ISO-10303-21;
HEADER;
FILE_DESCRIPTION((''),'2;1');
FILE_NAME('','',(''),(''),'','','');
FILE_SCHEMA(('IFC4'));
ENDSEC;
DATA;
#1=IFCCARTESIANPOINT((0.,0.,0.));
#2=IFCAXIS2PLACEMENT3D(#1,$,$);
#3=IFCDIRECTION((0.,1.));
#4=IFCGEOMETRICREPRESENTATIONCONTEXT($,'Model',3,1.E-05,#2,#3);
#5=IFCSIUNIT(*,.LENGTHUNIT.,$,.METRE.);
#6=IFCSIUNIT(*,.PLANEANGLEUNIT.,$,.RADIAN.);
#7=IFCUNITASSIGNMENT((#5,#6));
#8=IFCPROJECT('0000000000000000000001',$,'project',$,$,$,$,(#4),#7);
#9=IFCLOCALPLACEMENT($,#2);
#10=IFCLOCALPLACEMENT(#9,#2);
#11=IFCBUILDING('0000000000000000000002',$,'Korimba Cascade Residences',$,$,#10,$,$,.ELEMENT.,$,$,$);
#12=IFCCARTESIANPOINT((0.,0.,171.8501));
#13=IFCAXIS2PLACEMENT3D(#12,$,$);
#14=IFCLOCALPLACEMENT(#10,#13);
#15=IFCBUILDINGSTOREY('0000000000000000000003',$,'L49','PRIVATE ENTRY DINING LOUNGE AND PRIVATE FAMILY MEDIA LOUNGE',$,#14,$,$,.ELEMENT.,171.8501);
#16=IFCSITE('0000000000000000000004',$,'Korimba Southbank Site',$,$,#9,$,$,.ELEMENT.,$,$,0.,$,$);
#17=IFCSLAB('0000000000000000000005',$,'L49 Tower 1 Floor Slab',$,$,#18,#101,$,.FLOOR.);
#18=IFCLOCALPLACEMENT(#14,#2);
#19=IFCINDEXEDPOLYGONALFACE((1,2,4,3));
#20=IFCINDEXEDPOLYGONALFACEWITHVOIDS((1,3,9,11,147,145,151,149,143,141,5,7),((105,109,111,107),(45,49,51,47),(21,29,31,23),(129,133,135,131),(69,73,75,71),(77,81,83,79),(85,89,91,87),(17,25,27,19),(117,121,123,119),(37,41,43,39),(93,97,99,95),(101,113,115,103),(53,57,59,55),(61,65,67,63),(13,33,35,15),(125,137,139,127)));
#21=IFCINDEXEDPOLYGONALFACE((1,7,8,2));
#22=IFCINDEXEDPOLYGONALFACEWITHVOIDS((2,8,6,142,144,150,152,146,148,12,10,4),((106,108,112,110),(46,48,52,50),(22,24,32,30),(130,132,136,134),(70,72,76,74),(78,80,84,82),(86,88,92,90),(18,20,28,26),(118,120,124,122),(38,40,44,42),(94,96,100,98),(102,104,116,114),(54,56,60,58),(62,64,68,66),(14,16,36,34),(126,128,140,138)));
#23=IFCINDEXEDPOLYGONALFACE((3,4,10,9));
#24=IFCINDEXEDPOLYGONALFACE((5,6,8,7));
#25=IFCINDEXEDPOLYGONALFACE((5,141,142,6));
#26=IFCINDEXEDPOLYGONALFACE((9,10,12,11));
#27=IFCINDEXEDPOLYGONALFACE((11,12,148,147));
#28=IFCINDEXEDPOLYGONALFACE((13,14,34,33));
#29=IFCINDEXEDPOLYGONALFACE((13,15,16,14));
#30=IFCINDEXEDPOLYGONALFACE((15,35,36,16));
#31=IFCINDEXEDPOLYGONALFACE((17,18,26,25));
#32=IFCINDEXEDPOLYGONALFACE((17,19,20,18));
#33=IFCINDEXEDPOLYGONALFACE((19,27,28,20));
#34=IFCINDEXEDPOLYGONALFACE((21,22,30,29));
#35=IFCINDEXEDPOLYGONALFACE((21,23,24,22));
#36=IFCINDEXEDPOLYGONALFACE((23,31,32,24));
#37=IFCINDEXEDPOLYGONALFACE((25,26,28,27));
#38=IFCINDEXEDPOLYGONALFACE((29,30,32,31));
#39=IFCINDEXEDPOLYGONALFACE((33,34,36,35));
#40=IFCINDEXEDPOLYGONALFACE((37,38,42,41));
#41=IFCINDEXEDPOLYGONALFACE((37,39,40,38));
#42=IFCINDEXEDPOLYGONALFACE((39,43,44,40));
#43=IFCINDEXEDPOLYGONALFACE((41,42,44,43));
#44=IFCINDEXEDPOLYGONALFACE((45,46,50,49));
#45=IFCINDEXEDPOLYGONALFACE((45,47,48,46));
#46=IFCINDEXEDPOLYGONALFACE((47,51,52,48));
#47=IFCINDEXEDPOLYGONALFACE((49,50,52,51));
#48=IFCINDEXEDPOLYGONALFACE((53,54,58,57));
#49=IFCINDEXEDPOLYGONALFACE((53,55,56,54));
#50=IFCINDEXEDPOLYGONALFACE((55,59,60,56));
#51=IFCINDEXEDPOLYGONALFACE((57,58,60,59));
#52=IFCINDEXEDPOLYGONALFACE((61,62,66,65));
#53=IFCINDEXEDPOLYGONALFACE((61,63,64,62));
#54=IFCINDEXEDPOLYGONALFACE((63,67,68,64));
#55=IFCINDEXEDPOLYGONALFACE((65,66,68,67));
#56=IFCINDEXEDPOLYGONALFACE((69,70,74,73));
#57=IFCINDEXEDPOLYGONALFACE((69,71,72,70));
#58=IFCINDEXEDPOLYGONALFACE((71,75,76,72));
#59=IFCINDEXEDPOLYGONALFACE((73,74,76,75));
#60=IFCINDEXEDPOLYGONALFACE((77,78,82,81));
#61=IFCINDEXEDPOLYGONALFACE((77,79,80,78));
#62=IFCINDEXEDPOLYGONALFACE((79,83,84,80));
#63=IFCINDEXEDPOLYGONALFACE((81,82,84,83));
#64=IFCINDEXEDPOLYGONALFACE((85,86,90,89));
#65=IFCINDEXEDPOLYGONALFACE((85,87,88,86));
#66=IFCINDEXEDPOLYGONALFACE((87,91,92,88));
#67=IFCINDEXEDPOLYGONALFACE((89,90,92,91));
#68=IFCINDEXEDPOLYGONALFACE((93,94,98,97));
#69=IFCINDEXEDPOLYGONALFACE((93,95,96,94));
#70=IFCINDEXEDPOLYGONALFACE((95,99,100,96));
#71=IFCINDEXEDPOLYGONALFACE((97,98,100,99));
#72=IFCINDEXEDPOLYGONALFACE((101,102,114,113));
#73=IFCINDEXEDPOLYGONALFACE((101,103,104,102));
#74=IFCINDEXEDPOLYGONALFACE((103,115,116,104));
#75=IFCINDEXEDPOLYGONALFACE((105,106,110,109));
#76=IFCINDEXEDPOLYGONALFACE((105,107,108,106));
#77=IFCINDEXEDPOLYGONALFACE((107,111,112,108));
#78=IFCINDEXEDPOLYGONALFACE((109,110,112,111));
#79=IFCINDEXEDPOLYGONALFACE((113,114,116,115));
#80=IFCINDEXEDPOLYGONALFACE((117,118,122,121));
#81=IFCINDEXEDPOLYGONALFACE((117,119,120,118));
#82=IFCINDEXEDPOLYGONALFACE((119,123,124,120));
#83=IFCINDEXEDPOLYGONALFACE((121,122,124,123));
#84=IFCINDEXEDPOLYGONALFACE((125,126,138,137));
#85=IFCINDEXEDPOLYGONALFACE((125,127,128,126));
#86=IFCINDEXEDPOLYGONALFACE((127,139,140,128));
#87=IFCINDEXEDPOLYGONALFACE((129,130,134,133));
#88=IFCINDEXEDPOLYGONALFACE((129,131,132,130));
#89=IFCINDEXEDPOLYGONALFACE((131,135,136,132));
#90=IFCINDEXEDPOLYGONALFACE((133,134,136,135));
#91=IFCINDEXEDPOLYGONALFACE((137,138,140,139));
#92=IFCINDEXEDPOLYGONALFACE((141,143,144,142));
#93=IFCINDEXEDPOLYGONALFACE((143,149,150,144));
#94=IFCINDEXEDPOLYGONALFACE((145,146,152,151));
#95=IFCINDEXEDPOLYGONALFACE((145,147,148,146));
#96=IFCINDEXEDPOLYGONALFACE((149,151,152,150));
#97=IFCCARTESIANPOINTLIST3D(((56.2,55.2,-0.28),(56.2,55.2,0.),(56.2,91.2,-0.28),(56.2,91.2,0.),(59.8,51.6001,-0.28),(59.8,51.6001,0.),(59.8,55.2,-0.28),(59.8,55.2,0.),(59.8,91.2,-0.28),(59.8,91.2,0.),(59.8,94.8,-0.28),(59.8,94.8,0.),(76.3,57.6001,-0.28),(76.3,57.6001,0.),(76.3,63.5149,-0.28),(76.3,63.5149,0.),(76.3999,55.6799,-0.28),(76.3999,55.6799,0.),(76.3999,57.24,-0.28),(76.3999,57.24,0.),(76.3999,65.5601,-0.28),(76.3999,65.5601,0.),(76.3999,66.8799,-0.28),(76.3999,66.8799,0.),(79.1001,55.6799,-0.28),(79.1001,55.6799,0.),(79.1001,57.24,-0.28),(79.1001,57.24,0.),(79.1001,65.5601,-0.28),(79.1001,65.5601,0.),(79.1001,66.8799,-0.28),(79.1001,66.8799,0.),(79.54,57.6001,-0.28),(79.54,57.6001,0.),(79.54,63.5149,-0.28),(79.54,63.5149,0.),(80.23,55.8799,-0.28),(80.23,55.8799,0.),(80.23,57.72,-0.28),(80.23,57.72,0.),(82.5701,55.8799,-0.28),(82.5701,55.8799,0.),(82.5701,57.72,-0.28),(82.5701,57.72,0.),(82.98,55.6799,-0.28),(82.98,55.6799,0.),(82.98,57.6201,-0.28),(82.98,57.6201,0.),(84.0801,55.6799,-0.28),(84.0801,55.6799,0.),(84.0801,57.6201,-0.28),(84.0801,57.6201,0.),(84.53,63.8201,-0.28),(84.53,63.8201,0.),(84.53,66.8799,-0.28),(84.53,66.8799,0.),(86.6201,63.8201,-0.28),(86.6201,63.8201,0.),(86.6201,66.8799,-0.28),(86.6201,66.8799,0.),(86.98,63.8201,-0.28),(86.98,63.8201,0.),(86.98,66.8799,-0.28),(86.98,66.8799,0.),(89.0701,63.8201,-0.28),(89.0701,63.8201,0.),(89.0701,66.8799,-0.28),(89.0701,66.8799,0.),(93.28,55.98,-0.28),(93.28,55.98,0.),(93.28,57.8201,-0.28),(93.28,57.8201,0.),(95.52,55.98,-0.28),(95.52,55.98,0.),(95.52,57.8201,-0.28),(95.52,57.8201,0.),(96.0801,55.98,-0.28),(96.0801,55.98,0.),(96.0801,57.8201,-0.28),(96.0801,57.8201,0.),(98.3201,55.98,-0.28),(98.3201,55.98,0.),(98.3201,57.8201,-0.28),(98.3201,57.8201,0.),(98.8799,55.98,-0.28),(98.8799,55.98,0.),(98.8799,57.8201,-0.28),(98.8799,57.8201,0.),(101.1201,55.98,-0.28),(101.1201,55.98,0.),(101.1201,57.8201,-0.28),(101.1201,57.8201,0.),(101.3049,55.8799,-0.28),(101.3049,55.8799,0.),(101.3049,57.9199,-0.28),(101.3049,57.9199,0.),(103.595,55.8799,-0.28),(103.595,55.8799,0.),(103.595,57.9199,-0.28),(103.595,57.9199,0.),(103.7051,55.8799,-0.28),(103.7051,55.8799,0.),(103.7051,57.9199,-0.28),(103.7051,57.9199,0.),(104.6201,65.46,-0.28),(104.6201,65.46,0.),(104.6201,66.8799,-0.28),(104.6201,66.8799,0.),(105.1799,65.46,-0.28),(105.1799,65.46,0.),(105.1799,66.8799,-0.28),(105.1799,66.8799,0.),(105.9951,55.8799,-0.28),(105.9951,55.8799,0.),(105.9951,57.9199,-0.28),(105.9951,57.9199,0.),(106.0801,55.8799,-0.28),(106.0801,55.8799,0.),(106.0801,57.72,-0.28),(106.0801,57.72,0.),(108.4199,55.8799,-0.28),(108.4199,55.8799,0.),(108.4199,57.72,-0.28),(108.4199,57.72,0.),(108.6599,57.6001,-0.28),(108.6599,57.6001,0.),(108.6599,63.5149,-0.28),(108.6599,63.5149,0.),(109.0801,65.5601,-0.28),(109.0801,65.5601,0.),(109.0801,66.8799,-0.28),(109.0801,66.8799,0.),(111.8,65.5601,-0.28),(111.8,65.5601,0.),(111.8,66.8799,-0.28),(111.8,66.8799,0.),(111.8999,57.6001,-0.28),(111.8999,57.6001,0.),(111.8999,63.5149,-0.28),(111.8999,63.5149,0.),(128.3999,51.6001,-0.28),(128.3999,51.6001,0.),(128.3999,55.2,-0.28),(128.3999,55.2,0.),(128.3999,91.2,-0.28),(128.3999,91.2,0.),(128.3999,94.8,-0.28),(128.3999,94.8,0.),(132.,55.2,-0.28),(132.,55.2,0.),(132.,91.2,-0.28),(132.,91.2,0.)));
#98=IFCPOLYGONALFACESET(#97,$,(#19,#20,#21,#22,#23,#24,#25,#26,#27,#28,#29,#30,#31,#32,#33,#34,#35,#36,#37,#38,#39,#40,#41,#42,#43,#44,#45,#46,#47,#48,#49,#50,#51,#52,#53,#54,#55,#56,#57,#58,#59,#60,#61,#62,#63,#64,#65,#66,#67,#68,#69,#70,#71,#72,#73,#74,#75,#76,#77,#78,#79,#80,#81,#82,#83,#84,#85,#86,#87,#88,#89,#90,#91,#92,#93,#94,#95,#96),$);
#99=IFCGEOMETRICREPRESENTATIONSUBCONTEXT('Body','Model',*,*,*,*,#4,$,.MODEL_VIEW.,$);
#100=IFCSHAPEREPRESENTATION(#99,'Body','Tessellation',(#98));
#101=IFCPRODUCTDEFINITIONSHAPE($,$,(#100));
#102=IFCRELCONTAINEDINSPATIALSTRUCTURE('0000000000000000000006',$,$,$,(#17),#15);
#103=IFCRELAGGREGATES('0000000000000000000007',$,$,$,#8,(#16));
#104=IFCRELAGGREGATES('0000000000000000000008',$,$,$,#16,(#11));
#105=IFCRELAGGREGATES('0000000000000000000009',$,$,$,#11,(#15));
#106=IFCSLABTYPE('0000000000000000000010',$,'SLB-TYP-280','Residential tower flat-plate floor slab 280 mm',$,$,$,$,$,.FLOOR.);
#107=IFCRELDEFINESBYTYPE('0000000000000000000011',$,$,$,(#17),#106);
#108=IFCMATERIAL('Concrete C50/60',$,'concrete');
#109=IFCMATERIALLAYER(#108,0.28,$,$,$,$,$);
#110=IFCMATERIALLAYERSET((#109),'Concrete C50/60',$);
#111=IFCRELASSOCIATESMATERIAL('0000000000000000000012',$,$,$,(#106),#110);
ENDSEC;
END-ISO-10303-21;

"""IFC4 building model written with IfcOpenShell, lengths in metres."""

from ifc_helpers import new_model, si_unit, direction, frame, origin, place, context, subcontext, project, spatial, polyline, outline, extrude, material, layer, layer_set, type_object, element, save


model = new_model("IFC4")

# Units and contexts
model_context = context("Model", 3, precision=1e-05, world=origin(), true_north=direction((0.0, 1.0)))
body_context = subcontext(model_context, "Body", "Model", "MODEL_VIEW")
ifc_project = project(units=[si_unit("LENGTHUNIT", "METRE"), si_unit("PLANEANGLEUNIT", "RADIAN")], contexts=[model_context])

# Site, building, storey
site_placement = place(None, origin())
site = spatial("IfcSite", under=ifc_project, at=site_placement, Name="Korimba Southbank Site", CompositionType="ELEMENT", RefElevation=0.0)
building_placement = place(site_placement, origin())
building = spatial("IfcBuilding", under=site, at=building_placement, Name="Korimba Cascade Residences", CompositionType="ELEMENT")
storey_placement = place(building_placement, frame((0.0, 0.0, 171.8501)))
storey = spatial("IfcBuildingStorey", under=building, at=storey_placement, Name="L49", Description="PRIVATE ENTRY DINING LOUNGE AND PRIVATE FAMILY MEDIA LOUNGE", CompositionType="ELEMENT", Elevation=171.8501)

# Shared definitions
ifc_material_1 = material(Name="Concrete C50/60", Category="concrete")

# Slab
ifc_layer_1 = layer(ifc_material_1, 0.28)
ifc_layer_set_1 = layer_set([ifc_layer_1], Name="Concrete C50/60")
slab_type_1 = type_object("IfcSlabType", Name="SLB-TYP-280", Description="Residential tower flat-plate floor slab 280 mm", PredefinedType="FLOOR", material=ifc_layer_set_1)
slab_1_placement = place(storey_placement, frame((0.0, 0.0, -0.28)))
element("IfcSlab", 1, at=slab_1_placement, inside=storey, type_object=slab_type_1, Name="L49 Tower 1 Floor Slab", PredefinedType="FLOOR", context=body_context, shape_type="SweptSolid", body=[
    extrude(outline(polyline([(59.8, 51.6001), (128.3999, 51.6001), (128.3999, 55.2), (132.0, 55.2), (132.0, 91.2), (128.3999, 91.2), (128.3999, 94.8), (59.8, 94.8), (59.8, 91.2), (56.2, 91.2), (56.2, 55.2), (59.8, 55.2), (59.8, 51.6001)]), holes=[polyline([(76.3, 63.5149), (76.3, 57.6001), (79.54, 57.6001), (79.54, 63.5149), (76.3, 63.5149)]), polyline([(108.6599, 63.5149), (108.6599, 57.6001), (111.8999, 57.6001), (111.8999, 63.5149), (108.6599, 63.5149)]), polyline([(80.23, 55.8799), (82.5701, 55.8799), (82.5701, 57.72), (80.23, 57.72), (80.23, 55.8799)]), polyline([(106.0801, 55.8799), (108.4199, 55.8799), (108.4199, 57.72), (106.0801, 57.72), (106.0801, 55.8799)]), polyline([(93.28, 55.98), (95.52, 55.98), (95.52, 57.8201), (93.28, 57.8201), (93.28, 55.98)]), polyline([(96.0801, 55.98), (98.3201, 55.98), (98.3201, 57.8201), (96.0801, 57.8201), (96.0801, 55.98)]), polyline([(98.8799, 55.98), (101.1201, 55.98), (101.1201, 57.8201), (98.8799, 57.8201), (98.8799, 55.98)]), polyline([(101.3049, 55.8799), (103.595, 55.8799), (103.595, 57.9199), (101.3049, 57.9199), (101.3049, 55.8799)]), polyline([(103.7051, 55.8799), (105.9951, 55.8799), (105.9951, 57.9199), (103.7051, 57.9199), (103.7051, 55.8799)]), polyline([(82.98, 55.6799), (84.0801, 55.6799), (84.0801, 57.6201), (82.98, 57.6201), (82.98, 55.6799)]), polyline([(76.3999, 65.5601), (79.1001, 65.5601), (79.1001, 66.8799), (76.3999, 66.8799), (76.3999, 65.5601)]), polyline([(76.3999, 55.6799), (79.1001, 55.6799), (79.1001, 57.24), (76.3999, 57.24), (76.3999, 55.6799)]), polyline([(84.53, 63.8201), (86.6201, 63.8201), (86.6201, 66.8799), (84.53, 66.8799), (84.53, 63.8201)]), polyline([(86.98, 63.8201), (89.0701, 63.8201), (89.0701, 66.8799), (86.98, 66.8799), (86.98, 63.8201)]), polyline([(104.6201, 65.46), (105.1799, 65.46), (105.1799, 66.8799), (104.6201, 66.8799), (104.6201, 65.46)]), polyline([(109.0801, 65.5601), (111.8, 65.5601), (111.8, 66.8799), (109.0801, 66.8799), (109.0801, 65.5601)])]), origin(), (0.0, 0.0, 1.0), 0.28),
])

save(model, "model.ifc")
